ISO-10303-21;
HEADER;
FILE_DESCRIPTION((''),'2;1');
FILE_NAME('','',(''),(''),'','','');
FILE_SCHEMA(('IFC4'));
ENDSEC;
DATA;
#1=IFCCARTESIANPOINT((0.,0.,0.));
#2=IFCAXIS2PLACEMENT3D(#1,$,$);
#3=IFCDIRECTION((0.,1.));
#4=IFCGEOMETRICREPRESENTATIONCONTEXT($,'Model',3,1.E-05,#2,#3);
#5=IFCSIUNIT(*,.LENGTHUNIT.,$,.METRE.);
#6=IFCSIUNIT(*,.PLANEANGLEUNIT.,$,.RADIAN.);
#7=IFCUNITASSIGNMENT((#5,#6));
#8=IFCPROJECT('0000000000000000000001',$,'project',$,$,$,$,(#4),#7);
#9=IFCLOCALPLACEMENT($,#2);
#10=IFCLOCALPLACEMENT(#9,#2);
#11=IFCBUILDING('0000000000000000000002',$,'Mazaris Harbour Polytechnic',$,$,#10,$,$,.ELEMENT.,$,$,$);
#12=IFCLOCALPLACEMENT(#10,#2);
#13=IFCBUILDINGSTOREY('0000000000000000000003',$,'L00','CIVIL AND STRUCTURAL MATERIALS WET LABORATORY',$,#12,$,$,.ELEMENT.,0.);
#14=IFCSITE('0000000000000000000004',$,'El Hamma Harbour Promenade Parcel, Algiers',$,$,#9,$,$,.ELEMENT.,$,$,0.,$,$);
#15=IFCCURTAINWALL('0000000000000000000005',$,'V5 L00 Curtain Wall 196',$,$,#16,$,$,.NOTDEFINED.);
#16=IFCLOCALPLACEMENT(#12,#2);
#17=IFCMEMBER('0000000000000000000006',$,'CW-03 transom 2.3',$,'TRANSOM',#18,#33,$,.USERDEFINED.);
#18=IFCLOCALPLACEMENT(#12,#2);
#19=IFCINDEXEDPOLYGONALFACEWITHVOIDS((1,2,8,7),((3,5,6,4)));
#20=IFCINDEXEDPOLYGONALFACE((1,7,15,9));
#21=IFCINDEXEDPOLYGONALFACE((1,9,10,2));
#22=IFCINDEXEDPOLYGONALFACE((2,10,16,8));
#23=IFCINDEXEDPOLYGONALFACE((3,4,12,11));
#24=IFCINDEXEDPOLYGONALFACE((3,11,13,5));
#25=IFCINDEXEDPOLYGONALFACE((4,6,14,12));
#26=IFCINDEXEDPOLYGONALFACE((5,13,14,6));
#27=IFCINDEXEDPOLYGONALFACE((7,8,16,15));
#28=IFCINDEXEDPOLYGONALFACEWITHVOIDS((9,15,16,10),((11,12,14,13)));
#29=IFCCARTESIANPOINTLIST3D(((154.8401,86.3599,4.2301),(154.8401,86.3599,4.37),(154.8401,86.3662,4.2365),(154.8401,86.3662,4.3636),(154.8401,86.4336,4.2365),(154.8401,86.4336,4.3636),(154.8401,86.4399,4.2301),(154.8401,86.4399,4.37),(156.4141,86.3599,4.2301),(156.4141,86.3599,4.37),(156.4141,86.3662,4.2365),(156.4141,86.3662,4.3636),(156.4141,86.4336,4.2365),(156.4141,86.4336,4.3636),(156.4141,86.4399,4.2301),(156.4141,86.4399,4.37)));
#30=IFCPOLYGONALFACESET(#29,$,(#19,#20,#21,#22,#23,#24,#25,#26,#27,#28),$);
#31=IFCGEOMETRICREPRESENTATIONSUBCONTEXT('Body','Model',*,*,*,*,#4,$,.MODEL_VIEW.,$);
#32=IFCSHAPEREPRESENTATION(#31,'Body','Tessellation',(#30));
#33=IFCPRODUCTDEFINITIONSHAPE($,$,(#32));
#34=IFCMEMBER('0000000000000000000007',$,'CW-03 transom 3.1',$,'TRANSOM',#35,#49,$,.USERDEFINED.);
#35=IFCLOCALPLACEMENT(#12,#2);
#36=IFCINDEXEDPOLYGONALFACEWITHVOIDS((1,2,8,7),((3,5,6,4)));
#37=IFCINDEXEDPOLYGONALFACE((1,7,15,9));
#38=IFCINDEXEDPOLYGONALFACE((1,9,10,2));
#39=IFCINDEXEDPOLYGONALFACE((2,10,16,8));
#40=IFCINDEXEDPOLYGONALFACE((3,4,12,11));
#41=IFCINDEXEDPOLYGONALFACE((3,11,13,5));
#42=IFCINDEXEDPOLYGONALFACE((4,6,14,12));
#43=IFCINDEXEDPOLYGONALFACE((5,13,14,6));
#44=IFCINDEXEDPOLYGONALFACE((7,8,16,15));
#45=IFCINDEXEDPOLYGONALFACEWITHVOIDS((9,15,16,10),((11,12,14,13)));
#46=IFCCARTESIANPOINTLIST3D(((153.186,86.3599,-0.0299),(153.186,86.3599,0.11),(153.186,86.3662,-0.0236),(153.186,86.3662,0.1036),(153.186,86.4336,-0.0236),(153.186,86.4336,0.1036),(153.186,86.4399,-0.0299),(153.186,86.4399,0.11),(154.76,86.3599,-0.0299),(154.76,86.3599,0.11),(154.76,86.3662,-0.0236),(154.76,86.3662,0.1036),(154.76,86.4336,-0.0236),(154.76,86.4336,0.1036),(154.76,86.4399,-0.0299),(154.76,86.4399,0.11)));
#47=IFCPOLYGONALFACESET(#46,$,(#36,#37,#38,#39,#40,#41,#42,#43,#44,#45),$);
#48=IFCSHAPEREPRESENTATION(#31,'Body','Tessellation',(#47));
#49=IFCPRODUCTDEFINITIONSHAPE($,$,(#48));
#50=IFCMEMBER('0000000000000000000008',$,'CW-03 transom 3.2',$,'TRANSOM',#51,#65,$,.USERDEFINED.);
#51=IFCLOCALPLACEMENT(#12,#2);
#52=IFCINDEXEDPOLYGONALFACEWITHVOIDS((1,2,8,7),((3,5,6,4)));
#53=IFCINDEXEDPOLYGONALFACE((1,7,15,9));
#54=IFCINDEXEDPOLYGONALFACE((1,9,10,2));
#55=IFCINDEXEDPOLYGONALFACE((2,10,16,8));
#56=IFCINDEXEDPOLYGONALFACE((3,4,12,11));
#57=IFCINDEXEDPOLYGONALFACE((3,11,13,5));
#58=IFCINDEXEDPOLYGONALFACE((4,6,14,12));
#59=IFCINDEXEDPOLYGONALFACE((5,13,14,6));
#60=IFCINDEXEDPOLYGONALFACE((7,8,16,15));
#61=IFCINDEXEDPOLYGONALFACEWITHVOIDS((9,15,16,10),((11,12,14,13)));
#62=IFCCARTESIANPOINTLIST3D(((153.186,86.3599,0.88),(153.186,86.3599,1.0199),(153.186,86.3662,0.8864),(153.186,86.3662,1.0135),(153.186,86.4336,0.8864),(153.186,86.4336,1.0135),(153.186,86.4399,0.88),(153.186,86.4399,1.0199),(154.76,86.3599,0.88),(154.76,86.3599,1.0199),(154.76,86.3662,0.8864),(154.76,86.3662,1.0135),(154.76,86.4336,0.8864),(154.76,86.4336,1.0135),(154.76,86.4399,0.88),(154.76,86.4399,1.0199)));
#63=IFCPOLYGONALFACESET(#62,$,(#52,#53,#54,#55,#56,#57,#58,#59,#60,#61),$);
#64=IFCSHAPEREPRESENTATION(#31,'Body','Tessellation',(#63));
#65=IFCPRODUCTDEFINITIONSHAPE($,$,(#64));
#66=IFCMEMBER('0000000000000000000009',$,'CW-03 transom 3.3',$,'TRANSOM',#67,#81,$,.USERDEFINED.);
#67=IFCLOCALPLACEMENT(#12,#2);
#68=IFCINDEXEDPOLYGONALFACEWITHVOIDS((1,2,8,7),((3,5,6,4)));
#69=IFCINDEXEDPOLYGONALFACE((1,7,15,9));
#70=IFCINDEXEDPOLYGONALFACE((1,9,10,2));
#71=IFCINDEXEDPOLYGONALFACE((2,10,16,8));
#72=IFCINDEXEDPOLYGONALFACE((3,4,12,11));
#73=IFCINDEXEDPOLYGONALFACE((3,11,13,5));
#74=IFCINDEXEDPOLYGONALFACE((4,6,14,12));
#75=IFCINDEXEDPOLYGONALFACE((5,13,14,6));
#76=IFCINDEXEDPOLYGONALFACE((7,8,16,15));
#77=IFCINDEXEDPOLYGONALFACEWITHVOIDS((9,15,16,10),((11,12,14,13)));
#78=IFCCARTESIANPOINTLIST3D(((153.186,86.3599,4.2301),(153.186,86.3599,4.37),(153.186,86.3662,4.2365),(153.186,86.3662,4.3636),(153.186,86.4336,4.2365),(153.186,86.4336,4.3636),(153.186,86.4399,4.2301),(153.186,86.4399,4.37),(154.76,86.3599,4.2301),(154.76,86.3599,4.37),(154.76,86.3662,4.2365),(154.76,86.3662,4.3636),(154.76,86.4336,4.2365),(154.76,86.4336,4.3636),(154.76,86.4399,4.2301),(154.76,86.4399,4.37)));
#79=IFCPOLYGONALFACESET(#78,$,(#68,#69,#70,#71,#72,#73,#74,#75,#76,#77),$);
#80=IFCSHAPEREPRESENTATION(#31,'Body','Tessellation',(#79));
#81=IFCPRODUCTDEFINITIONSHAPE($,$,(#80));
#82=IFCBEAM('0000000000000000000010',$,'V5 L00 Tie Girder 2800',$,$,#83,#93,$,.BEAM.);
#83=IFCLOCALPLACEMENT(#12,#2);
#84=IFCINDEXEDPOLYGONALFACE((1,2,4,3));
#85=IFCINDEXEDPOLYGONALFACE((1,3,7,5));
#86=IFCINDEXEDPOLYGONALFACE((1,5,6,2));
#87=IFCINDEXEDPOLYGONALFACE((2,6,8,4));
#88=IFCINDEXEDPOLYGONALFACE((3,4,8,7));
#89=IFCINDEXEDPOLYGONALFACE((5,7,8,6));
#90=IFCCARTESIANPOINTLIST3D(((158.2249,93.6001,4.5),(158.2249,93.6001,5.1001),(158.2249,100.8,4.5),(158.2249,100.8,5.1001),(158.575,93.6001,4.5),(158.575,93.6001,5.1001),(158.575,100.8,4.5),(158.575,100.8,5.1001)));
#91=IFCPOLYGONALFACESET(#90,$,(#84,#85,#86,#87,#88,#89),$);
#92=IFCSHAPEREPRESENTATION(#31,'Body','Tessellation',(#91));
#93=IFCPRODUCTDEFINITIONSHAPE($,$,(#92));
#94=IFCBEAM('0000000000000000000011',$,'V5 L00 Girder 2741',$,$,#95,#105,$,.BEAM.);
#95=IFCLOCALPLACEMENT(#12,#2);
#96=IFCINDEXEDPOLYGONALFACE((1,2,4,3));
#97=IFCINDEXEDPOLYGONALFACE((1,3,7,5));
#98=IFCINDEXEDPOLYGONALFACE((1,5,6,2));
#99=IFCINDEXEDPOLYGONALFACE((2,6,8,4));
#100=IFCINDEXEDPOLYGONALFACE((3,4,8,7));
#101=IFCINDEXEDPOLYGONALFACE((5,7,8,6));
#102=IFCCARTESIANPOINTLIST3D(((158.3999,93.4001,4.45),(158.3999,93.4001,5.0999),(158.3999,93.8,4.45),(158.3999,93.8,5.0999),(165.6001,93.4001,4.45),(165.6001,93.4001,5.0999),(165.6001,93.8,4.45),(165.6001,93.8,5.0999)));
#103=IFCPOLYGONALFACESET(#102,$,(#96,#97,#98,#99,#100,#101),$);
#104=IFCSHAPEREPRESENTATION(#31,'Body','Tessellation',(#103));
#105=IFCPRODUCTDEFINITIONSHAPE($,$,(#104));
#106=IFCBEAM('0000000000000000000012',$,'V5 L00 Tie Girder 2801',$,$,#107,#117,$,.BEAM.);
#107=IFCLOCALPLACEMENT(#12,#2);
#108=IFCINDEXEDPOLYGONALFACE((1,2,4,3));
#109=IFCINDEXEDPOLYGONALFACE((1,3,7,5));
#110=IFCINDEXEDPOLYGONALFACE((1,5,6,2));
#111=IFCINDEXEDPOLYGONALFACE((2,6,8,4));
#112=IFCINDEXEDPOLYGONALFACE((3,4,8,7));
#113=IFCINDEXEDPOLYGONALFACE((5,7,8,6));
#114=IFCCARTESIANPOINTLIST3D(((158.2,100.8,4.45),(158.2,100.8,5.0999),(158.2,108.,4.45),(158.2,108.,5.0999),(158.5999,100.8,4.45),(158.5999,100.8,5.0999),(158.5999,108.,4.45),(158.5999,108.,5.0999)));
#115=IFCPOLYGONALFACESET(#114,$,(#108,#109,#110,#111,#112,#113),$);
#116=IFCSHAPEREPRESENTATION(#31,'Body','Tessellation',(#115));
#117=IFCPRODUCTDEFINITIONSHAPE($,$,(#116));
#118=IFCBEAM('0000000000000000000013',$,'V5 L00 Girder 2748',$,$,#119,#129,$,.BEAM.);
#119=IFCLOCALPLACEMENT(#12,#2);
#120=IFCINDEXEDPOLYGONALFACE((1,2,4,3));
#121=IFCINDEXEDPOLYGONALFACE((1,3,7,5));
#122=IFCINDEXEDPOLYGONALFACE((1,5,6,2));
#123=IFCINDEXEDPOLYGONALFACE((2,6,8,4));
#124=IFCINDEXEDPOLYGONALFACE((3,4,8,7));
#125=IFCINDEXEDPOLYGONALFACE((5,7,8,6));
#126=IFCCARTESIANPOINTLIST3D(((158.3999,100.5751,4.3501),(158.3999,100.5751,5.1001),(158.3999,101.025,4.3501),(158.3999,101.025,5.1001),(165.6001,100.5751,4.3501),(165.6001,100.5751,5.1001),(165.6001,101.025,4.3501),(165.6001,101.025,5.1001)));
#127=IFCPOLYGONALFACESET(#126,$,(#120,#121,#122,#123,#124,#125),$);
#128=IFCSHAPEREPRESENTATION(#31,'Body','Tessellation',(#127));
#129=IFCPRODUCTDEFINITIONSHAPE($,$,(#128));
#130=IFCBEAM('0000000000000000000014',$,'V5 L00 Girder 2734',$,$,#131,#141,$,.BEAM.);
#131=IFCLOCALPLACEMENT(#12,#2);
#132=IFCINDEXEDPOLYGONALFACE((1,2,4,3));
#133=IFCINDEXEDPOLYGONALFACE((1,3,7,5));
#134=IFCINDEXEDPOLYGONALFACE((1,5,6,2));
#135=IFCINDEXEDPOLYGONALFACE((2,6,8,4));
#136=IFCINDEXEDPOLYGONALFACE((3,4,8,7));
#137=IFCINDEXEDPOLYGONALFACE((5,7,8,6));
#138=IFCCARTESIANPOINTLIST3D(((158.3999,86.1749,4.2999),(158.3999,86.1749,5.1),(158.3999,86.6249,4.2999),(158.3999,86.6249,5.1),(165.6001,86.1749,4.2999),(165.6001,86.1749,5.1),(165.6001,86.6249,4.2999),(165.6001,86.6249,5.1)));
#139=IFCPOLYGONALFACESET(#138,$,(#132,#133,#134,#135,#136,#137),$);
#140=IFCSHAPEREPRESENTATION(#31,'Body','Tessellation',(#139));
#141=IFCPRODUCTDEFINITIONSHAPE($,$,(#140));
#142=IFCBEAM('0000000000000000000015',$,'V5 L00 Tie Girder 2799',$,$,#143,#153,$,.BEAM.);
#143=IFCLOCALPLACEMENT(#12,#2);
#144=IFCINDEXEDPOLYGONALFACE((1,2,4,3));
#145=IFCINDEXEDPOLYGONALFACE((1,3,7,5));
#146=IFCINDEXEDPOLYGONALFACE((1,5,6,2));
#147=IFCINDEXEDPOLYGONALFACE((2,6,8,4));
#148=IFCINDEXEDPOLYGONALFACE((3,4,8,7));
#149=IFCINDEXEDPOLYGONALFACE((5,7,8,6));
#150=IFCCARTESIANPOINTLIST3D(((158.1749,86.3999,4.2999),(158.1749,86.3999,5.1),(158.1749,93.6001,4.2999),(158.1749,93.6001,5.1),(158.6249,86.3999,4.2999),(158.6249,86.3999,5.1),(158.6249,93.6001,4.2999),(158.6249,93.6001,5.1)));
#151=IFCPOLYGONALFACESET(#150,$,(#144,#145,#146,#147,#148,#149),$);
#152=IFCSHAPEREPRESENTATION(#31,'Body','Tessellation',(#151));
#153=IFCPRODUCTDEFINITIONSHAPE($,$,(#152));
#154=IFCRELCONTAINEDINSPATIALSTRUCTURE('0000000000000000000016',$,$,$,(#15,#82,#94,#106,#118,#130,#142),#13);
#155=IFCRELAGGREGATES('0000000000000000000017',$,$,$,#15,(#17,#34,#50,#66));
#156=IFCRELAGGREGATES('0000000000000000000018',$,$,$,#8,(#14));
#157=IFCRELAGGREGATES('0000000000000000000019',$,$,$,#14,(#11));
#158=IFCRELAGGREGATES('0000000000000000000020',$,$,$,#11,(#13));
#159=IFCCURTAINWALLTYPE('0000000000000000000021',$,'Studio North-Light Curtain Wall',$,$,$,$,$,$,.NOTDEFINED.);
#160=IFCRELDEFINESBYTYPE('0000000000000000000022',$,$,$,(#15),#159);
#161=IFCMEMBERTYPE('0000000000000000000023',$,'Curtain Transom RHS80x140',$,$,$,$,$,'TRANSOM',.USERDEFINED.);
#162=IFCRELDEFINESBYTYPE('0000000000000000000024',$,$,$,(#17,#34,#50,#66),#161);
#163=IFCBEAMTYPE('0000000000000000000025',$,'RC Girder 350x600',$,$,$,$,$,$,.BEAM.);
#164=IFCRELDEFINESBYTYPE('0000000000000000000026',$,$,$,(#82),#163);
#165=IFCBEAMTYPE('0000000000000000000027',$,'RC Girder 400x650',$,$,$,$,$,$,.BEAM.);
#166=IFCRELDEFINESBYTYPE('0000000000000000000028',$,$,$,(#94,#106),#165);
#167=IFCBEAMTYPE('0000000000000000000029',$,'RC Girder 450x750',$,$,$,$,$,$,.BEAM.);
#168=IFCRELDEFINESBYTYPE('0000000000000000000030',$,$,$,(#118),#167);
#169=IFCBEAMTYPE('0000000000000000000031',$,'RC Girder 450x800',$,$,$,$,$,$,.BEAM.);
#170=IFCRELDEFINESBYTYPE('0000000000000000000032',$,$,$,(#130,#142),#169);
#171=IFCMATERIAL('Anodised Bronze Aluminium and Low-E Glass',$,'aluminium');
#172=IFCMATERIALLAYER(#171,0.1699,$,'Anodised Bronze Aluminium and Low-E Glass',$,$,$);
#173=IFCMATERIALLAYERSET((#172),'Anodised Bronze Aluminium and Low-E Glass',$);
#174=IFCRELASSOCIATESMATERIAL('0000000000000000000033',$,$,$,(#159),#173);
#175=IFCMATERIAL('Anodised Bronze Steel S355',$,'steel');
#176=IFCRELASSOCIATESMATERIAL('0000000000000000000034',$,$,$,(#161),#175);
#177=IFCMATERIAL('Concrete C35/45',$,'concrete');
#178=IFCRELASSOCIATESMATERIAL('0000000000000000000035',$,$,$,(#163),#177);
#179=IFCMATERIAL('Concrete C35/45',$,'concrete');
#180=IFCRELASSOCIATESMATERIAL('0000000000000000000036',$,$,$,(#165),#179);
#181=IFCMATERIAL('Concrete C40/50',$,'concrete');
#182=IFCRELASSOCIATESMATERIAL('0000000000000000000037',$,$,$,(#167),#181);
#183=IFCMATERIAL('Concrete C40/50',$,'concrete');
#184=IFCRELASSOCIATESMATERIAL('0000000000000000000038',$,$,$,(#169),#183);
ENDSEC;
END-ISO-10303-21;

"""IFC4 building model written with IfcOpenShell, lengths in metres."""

from ifc_helpers import new_model, si_unit, direction, frame, origin, origin_2d, place, context, subcontext, project, spatial, rectangle, hollow_rectangle, extrude, material, layer, layer_set, material_profile, profile_set, type_object, element, aggregate, save


model = new_model("IFC4")

# Units and contexts
model_context = context("Model", 3, precision=1e-05, world=origin(), true_north=direction((0.0, 1.0)))
body_context = subcontext(model_context, "Body", "Model", "MODEL_VIEW")
ifc_project = project(units=[si_unit("LENGTHUNIT", "METRE"), si_unit("PLANEANGLEUNIT", "RADIAN")], contexts=[model_context])

# Site, building, storey
site_placement = place(None, origin())
site = spatial("IfcSite", under=ifc_project, at=site_placement, Name="El Hamma Harbour Promenade Parcel, Algiers", CompositionType="ELEMENT", RefElevation=0.0)
building_placement = place(site_placement, origin())
building = spatial("IfcBuilding", under=site, at=building_placement, Name="Mazaris Harbour Polytechnic", CompositionType="ELEMENT")
storey_placement = place(building_placement, origin())
storey = spatial("IfcBuildingStorey", under=building, at=storey_placement, Name="L00", Description="CIVIL AND STRUCTURAL MATERIALS WET LABORATORY", CompositionType="ELEMENT", Elevation=0.0)

# Curtain wall, members
ifc_material_1 = material(Name="Anodised Bronze Aluminium and Low-E Glass", Category="aluminium")
ifc_layer_1 = layer(ifc_material_1, 0.1699, Name="Anodised Bronze Aluminium and Low-E Glass")
ifc_layer_set_1 = layer_set([ifc_layer_1], Name="Anodised Bronze Aluminium and Low-E Glass")
curtain_wall_type = type_object("IfcCurtainWallType", Name="Studio North-Light Curtain Wall", PredefinedType="NOTDEFINED", material=ifc_layer_set_1)
curtain_wall_placement = place(storey_placement, origin())
curtain_wall = element("IfcCurtainWall", 1, at=curtain_wall_placement, inside=storey, type_object=curtain_wall_type, Name="V5 L00 Curtain Wall 196", PredefinedType="NOTDEFINED")
ifc_material_2 = material(Name="Anodised Bronze Steel S355", Category="steel")
ifc_material_profile_1 = material_profile(ifc_material_2, hollow_rectangle(XDim=0.0801, YDim=0.1399, WallThickness=0.0063, at=origin_2d()), Name="RHS 80x140x6.3")
ifc_profile_set_1 = profile_set([ifc_material_profile_1], Name="Anodised Bronze Steel S355")
member_type_1 = type_object("IfcMemberType", Name="Curtain Transom RHS80x140", ElementType="TRANSOM", PredefinedType="USERDEFINED", material=ifc_profile_set_1)
member_1_placement = place(storey_placement, frame((156.4141, 86.3999, 4.3), z_axis=(-1.0, 0.0, 0.0), x_axis=(0.0, -1.0, 0.0)))
member_1 = element("IfcMember", 2, at=member_1_placement, type_object=member_type_1, Name="CW-03 transom 2.3", ObjectType="TRANSOM", PredefinedType="USERDEFINED", context=body_context, shape_type="SweptSolid", body=[
    extrude(hollow_rectangle(XDim=0.0801, YDim=0.1399, WallThickness=0.0063, at=origin_2d()), origin(), (0.0, 0.0, 1.0), 1.574),
])
member_2_placement = place(storey_placement, frame((154.76, 86.3999, 0.04), z_axis=(-1.0, 0.0, 0.0), x_axis=(0.0, -1.0, 0.0)))
member_2 = element("IfcMember", 3, at=member_2_placement, type_object=member_type_1, Name="CW-03 transom 3.1", ObjectType="TRANSOM", PredefinedType="USERDEFINED", context=body_context, shape_type="SweptSolid", body=[
    extrude(hollow_rectangle(XDim=0.0801, YDim=0.1399, WallThickness=0.0063, at=origin_2d()), origin(), (0.0, 0.0, 1.0), 1.574),
])
member_3_placement = place(storey_placement, frame((154.76, 86.3999, 0.95), z_axis=(-1.0, 0.0, 0.0), x_axis=(0.0, -1.0, 0.0)))
member_3 = element("IfcMember", 4, at=member_3_placement, type_object=member_type_1, Name="CW-03 transom 3.2", ObjectType="TRANSOM", PredefinedType="USERDEFINED", context=body_context, shape_type="SweptSolid", body=[
    extrude(hollow_rectangle(XDim=0.0801, YDim=0.1399, WallThickness=0.0063, at=origin_2d()), origin(), (0.0, 0.0, 1.0), 1.574),
])
member_4_placement = place(storey_placement, frame((154.76, 86.3999, 4.3), z_axis=(-1.0, 0.0, 0.0), x_axis=(0.0, -1.0, 0.0)))
member_4 = element("IfcMember", 5, at=member_4_placement, type_object=member_type_1, Name="CW-03 transom 3.3", ObjectType="TRANSOM", PredefinedType="USERDEFINED", context=body_context, shape_type="SweptSolid", body=[
    extrude(hollow_rectangle(XDim=0.0801, YDim=0.1399, WallThickness=0.0063, at=origin_2d()), origin(), (0.0, 0.0, 1.0), 1.574),
])

# Beams
ifc_material_3 = material(Name="Concrete C35/45", Category="concrete")
ifc_material_profile_2 = material_profile(ifc_material_3, rectangle(XDim=0.3501, YDim=0.6001, at=origin_2d()), Name="RECT350x600")
ifc_profile_set_2 = profile_set([ifc_material_profile_2], Name="Concrete C35/45")
beam_type_1 = type_object("IfcBeamType", Name="RC Girder 350x600", PredefinedType="BEAM", material=ifc_profile_set_2)
beam_1_placement = place(storey_placement, frame((158.3999, 93.6001, 4.8), z_axis=(0.0, 1.0, 0.0), x_axis=(-1.0, 0.0, 0.0)))
element("IfcBeam", 6, at=beam_1_placement, inside=storey, type_object=beam_type_1, Name="V5 L00 Tie Girder 2800", PredefinedType="BEAM", context=body_context, shape_type="SweptSolid", body=[
    extrude(rectangle(XDim=0.3501, YDim=0.6001, at=origin_2d()), origin(), (0.0, 0.0, 1.0), 7.2),
])
ifc_material_4 = material(Name="Concrete C35/45", Category="concrete")
ifc_material_profile_3 = material_profile(ifc_material_4, rectangle(XDim=0.3999, YDim=0.6499, at=origin_2d()), Name="RECT400x650")
ifc_profile_set_3 = profile_set([ifc_material_profile_3], Name="Concrete C35/45")
beam_type_2 = type_object("IfcBeamType", Name="RC Girder 400x650", PredefinedType="BEAM", material=ifc_profile_set_3)
beam_2_placement = place(storey_placement, frame((158.3999, 93.6001, 4.7749), z_axis=(1.0, 0.0, 0.0), x_axis=(0.0, 1.0, 0.0)))
element("IfcBeam", 7, at=beam_2_placement, inside=storey, type_object=beam_type_2, Name="V5 L00 Girder 2741", PredefinedType="BEAM", context=body_context, shape_type="SweptSolid", body=[
    extrude(rectangle(XDim=0.3999, YDim=0.6499, at=origin_2d()), origin(), (0.0, 0.0, 1.0), 7.2002),
])
beam_3_placement = place(storey_placement, frame((158.3999, 100.8, 4.7749), z_axis=(0.0, 1.0, 0.0), x_axis=(-1.0, 0.0, 0.0)))
element("IfcBeam", 8, at=beam_3_placement, inside=storey, type_object=beam_type_2, Name="V5 L00 Tie Girder 2801", PredefinedType="BEAM", context=body_context, shape_type="SweptSolid", body=[
    extrude(rectangle(XDim=0.3999, YDim=0.6499, at=origin_2d()), origin(), (0.0, 0.0, 1.0), 7.2),
])
ifc_material_5 = material(Name="Concrete C40/50", Category="concrete")
ifc_material_profile_4 = material_profile(ifc_material_5, rectangle(XDim=0.45, YDim=0.75, at=origin_2d()), Name="RECT450x750")
ifc_profile_set_4 = profile_set([ifc_material_profile_4], Name="Concrete C40/50")
beam_type_3 = type_object("IfcBeamType", Name="RC Girder 450x750", PredefinedType="BEAM", material=ifc_profile_set_4)
beam_4_placement = place(storey_placement, frame((158.3999, 100.8, 4.7251), z_axis=(1.0, 0.0, 0.0), x_axis=(0.0, 1.0, 0.0)))
element("IfcBeam", 9, at=beam_4_placement, inside=storey, type_object=beam_type_3, Name="V5 L00 Girder 2748", PredefinedType="BEAM", context=body_context, shape_type="SweptSolid", body=[
    extrude(rectangle(XDim=0.45, YDim=0.75, at=origin_2d()), origin(), (0.0, 0.0, 1.0), 7.2002),
])
ifc_material_6 = material(Name="Concrete C40/50", Category="concrete")
ifc_material_profile_5 = material_profile(ifc_material_6, rectangle(XDim=0.45, YDim=0.8, at=origin_2d()), Name="RECT450x800")
ifc_profile_set_5 = profile_set([ifc_material_profile_5], Name="Concrete C40/50")
beam_type_4 = type_object("IfcBeamType", Name="RC Girder 450x800", PredefinedType="BEAM", material=ifc_profile_set_5)
for number, where, z_axis, x_axis, name in (
    (10, (158.3999, 86.3999, 4.7), (1.0, 0.0, 0.0), (0.0, 1.0, 0.0), "V5 L00 Girder 2734"),
    (11, (158.3999, 86.3999, 4.7), (0.0, 1.0, 0.0), (-1.0, 0.0, 0.0), "V5 L00 Tie Girder 2799"),
):
    element("IfcBeam", number, at=place(storey_placement, frame(where, z_axis=z_axis, x_axis=x_axis)), inside=storey, type_object=beam_type_4, Name=name, PredefinedType="BEAM", context=body_context, shape_type="SweptSolid", body=[
        extrude(rectangle(XDim=0.45, YDim=0.8, at=origin_2d()), origin(), (0.0, 0.0, 1.0), 7.2002),
    ])

aggregate(curtain_wall, [member_1, member_2, member_3, member_4])

save(model, "model.ifc")
